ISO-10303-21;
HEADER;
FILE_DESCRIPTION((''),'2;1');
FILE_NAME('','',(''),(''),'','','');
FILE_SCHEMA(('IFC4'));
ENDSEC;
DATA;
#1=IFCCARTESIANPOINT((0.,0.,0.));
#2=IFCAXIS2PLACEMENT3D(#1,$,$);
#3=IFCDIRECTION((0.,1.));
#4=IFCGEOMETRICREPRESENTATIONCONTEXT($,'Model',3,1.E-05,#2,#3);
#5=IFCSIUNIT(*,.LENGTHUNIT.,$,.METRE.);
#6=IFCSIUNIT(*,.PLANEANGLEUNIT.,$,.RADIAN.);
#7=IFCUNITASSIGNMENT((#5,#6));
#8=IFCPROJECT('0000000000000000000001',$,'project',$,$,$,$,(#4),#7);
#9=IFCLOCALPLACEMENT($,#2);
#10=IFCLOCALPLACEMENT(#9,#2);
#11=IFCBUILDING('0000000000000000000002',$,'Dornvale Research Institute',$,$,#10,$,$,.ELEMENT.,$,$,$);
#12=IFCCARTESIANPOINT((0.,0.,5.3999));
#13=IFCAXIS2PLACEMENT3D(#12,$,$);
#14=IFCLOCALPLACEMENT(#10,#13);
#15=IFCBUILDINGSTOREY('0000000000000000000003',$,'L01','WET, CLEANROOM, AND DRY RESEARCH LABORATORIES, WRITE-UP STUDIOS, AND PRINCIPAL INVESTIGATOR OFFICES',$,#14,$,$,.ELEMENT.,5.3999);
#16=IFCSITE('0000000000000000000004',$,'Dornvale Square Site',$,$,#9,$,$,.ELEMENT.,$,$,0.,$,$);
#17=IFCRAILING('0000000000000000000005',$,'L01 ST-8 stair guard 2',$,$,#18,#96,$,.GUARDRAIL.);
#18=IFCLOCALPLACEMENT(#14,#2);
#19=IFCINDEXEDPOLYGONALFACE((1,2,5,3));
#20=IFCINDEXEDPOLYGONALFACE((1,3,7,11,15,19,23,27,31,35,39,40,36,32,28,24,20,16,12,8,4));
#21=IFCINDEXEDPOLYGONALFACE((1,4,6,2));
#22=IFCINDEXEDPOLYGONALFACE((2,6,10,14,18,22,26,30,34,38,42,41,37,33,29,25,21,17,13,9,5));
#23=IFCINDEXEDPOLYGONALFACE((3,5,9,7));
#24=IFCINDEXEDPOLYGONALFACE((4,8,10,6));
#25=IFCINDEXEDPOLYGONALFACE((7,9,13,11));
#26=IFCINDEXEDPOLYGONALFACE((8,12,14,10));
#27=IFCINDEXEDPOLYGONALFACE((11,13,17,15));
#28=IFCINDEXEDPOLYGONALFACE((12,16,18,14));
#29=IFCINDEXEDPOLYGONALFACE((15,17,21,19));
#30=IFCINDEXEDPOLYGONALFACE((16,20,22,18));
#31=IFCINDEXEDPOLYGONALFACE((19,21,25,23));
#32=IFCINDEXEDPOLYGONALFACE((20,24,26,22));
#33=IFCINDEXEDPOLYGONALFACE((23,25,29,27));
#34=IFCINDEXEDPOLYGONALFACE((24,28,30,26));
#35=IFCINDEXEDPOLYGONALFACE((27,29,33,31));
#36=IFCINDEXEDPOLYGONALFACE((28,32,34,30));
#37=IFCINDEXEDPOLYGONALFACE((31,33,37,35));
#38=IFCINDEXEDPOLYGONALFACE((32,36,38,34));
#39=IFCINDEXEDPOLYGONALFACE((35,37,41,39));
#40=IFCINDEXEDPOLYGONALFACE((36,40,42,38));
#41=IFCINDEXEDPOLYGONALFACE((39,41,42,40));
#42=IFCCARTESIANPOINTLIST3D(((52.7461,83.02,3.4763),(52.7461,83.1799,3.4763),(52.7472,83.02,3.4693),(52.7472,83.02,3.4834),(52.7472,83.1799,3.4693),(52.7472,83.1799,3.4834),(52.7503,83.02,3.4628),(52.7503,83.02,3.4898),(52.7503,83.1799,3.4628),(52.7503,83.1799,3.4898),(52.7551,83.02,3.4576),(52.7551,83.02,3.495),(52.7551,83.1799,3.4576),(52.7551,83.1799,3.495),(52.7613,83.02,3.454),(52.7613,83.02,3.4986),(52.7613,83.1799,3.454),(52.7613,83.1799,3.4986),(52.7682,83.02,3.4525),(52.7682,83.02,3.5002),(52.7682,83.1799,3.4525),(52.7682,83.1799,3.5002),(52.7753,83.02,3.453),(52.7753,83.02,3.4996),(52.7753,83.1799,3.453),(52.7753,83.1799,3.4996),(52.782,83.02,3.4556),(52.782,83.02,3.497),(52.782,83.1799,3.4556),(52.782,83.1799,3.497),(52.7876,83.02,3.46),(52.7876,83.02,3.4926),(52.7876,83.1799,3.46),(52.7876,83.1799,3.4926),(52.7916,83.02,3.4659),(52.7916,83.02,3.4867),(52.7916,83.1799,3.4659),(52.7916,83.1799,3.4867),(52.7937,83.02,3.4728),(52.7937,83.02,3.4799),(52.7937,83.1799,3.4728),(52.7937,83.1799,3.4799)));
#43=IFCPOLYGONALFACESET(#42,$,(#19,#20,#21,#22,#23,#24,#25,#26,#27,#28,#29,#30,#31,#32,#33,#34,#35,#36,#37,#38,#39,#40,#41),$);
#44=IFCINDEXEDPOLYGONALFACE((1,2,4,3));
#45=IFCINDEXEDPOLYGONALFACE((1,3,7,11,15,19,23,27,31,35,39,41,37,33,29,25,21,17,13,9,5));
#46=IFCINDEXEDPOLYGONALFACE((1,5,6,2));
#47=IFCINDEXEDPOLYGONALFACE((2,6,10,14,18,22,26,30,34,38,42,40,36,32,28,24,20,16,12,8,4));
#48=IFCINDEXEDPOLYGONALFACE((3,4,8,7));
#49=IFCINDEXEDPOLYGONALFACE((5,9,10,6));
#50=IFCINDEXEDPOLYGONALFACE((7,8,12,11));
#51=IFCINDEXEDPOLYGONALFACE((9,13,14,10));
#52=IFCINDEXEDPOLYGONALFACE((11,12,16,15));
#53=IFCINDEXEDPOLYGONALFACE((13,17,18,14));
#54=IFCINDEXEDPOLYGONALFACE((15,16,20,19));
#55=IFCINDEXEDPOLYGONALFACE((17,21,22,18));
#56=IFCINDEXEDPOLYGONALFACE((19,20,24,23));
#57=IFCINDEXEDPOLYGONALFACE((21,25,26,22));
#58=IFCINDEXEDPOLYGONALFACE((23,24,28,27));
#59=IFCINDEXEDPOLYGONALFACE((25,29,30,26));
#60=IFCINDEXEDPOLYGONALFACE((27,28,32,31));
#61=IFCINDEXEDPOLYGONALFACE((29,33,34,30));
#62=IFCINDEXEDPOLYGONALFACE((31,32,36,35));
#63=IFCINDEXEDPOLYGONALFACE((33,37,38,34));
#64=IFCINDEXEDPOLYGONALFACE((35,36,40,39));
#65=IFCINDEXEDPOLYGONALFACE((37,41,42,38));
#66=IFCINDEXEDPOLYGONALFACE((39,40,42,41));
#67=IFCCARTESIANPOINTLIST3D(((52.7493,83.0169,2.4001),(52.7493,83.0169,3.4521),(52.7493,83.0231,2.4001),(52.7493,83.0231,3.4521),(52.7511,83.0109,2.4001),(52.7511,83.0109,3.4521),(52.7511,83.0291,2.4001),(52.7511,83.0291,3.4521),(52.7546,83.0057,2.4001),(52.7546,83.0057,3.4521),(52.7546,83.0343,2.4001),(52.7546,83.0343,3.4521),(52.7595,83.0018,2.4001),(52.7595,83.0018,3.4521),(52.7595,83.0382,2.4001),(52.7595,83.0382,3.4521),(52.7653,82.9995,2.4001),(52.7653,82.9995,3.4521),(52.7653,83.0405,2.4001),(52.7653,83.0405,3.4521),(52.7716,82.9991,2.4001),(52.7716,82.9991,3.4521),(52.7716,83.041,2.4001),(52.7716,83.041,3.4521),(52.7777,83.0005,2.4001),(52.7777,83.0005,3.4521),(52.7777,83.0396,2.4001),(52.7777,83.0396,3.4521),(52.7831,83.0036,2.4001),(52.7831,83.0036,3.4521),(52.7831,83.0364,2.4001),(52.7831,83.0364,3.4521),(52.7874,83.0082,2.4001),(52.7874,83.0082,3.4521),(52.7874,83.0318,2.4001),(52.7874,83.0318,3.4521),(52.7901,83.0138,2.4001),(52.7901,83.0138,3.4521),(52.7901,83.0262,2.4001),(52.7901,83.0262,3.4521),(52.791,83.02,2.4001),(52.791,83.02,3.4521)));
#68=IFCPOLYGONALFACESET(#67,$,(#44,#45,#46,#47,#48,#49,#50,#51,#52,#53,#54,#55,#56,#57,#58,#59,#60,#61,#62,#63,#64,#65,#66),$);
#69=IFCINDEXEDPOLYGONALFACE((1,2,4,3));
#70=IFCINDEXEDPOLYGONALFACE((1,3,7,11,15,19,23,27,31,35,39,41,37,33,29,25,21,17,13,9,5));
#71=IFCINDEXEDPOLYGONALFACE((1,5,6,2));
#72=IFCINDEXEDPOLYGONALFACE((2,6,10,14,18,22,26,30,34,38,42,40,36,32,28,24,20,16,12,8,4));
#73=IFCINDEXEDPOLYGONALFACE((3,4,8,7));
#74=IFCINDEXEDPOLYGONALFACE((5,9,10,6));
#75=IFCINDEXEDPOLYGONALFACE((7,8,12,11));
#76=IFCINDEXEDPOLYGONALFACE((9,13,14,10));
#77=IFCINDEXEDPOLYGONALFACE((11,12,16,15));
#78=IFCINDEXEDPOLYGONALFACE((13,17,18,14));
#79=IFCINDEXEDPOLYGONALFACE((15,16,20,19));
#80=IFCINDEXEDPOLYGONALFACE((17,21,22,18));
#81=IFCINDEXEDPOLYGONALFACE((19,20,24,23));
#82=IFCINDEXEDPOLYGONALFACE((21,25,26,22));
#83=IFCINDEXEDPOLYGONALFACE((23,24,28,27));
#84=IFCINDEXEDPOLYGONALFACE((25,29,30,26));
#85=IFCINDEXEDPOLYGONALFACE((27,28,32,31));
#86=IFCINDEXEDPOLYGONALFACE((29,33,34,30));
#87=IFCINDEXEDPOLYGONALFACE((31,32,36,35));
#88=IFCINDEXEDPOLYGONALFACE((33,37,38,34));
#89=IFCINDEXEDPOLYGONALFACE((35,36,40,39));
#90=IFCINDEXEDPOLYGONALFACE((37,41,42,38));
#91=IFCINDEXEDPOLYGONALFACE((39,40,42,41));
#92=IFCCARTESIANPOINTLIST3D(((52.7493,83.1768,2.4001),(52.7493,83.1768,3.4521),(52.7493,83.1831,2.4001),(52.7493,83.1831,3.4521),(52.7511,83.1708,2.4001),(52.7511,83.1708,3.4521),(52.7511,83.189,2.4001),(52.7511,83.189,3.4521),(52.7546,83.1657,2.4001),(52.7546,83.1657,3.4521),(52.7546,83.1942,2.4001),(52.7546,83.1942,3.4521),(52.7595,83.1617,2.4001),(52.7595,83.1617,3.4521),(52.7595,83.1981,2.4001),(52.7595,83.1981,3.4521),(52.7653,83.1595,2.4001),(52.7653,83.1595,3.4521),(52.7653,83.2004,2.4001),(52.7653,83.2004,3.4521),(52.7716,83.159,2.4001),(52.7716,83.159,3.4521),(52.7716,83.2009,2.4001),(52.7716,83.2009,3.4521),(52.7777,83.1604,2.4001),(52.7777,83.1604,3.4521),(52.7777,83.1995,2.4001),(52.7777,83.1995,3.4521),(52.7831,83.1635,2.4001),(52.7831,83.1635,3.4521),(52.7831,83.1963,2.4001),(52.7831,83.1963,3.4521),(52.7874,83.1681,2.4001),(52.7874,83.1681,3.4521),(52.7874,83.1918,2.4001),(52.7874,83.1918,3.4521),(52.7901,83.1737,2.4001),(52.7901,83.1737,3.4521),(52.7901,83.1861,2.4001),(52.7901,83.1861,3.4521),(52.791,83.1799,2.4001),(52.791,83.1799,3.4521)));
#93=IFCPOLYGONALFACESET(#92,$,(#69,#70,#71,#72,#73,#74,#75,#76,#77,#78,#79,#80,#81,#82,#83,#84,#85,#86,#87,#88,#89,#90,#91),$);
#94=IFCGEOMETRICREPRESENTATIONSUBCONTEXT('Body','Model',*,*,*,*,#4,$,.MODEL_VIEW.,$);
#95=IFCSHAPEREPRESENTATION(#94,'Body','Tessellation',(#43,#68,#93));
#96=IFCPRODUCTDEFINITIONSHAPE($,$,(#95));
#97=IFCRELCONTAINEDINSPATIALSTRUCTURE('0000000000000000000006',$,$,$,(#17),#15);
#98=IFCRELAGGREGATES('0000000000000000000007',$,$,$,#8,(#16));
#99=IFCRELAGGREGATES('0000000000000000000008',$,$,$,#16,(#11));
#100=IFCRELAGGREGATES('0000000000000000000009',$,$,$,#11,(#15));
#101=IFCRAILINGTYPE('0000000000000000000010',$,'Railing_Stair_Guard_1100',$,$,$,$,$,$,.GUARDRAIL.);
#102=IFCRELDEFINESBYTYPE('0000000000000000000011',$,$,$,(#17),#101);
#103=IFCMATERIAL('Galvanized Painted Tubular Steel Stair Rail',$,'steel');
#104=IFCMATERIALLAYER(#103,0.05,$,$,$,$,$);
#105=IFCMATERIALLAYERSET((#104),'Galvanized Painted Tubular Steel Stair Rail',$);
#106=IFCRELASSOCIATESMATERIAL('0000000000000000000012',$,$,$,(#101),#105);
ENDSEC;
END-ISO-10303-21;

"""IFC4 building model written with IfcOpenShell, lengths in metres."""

from ifc_helpers import new_model, si_unit, direction, frame, origin, origin_2d, place, context, subcontext, project, spatial, circle, extrude, material, layer, layer_set, type_object, element, save


model = new_model("IFC4")

# Units and contexts
model_context = context("Model", 3, precision=1e-05, world=origin(), true_north=direction((0.0, 1.0)))
body_context = subcontext(model_context, "Body", "Model", "MODEL_VIEW")
ifc_project = project(units=[si_unit("LENGTHUNIT", "METRE"), si_unit("PLANEANGLEUNIT", "RADIAN")], contexts=[model_context])

# Site, building, storey
site_placement = place(None, origin())
site = spatial("IfcSite", under=ifc_project, at=site_placement, Name="Dornvale Square Site", CompositionType="ELEMENT", RefElevation=0.0)
building_placement = place(site_placement, origin())
building = spatial("IfcBuilding", under=site, at=building_placement, Name="Dornvale Research Institute", CompositionType="ELEMENT")
storey_placement = place(building_placement, frame((0.0, 0.0, 5.3999)))
storey = spatial("IfcBuildingStorey", under=building, at=storey_placement, Name="L01", Description="WET, CLEANROOM, AND DRY RESEARCH LABORATORIES, WRITE-UP STUDIOS, AND PRINCIPAL INVESTIGATOR OFFICES", CompositionType="ELEMENT", Elevation=5.3999)

# Railing
ifc_material_1 = material(Name="Galvanized Painted Tubular Steel Stair Rail", Category="steel")
ifc_layer_1 = layer(ifc_material_1, 0.05)
ifc_layer_set_1 = layer_set([ifc_layer_1], Name="Galvanized Painted Tubular Steel Stair Rail")
railing_type_1 = type_object("IfcRailingType", Name="Railing_Stair_Guard_1100", PredefinedType="GUARDRAIL", material=ifc_layer_set_1)
railing_1_placement = place(storey_placement, frame((52.77, 83.02, 2.4001)))
element("IfcRailing", 1, at=railing_1_placement, inside=storey, type_object=railing_type_1, Name="L01 ST-8 stair guard 2", PredefinedType="GUARDRAIL", context=body_context, shape_type="SweptSolid", body=[
    extrude(circle(Radius=0.0239, at=origin_2d()), frame((0.0, 0.0, 1.0762), z_axis=(0.0, 1.0, 0.0), x_axis=(-1.0, 0.0, 0.0)), (0.0, 0.0, 1.0), 0.1599),
    extrude(circle(Radius=0.021, at=origin_2d()), origin(), (0.0, 0.0, 1.0), 1.052),
    extrude(circle(Radius=0.021, at=origin_2d()), frame((0.0, 0.1599, 0.0)), (0.0, 0.0, 1.0), 1.052),
])

save(model, "model.ifc")
